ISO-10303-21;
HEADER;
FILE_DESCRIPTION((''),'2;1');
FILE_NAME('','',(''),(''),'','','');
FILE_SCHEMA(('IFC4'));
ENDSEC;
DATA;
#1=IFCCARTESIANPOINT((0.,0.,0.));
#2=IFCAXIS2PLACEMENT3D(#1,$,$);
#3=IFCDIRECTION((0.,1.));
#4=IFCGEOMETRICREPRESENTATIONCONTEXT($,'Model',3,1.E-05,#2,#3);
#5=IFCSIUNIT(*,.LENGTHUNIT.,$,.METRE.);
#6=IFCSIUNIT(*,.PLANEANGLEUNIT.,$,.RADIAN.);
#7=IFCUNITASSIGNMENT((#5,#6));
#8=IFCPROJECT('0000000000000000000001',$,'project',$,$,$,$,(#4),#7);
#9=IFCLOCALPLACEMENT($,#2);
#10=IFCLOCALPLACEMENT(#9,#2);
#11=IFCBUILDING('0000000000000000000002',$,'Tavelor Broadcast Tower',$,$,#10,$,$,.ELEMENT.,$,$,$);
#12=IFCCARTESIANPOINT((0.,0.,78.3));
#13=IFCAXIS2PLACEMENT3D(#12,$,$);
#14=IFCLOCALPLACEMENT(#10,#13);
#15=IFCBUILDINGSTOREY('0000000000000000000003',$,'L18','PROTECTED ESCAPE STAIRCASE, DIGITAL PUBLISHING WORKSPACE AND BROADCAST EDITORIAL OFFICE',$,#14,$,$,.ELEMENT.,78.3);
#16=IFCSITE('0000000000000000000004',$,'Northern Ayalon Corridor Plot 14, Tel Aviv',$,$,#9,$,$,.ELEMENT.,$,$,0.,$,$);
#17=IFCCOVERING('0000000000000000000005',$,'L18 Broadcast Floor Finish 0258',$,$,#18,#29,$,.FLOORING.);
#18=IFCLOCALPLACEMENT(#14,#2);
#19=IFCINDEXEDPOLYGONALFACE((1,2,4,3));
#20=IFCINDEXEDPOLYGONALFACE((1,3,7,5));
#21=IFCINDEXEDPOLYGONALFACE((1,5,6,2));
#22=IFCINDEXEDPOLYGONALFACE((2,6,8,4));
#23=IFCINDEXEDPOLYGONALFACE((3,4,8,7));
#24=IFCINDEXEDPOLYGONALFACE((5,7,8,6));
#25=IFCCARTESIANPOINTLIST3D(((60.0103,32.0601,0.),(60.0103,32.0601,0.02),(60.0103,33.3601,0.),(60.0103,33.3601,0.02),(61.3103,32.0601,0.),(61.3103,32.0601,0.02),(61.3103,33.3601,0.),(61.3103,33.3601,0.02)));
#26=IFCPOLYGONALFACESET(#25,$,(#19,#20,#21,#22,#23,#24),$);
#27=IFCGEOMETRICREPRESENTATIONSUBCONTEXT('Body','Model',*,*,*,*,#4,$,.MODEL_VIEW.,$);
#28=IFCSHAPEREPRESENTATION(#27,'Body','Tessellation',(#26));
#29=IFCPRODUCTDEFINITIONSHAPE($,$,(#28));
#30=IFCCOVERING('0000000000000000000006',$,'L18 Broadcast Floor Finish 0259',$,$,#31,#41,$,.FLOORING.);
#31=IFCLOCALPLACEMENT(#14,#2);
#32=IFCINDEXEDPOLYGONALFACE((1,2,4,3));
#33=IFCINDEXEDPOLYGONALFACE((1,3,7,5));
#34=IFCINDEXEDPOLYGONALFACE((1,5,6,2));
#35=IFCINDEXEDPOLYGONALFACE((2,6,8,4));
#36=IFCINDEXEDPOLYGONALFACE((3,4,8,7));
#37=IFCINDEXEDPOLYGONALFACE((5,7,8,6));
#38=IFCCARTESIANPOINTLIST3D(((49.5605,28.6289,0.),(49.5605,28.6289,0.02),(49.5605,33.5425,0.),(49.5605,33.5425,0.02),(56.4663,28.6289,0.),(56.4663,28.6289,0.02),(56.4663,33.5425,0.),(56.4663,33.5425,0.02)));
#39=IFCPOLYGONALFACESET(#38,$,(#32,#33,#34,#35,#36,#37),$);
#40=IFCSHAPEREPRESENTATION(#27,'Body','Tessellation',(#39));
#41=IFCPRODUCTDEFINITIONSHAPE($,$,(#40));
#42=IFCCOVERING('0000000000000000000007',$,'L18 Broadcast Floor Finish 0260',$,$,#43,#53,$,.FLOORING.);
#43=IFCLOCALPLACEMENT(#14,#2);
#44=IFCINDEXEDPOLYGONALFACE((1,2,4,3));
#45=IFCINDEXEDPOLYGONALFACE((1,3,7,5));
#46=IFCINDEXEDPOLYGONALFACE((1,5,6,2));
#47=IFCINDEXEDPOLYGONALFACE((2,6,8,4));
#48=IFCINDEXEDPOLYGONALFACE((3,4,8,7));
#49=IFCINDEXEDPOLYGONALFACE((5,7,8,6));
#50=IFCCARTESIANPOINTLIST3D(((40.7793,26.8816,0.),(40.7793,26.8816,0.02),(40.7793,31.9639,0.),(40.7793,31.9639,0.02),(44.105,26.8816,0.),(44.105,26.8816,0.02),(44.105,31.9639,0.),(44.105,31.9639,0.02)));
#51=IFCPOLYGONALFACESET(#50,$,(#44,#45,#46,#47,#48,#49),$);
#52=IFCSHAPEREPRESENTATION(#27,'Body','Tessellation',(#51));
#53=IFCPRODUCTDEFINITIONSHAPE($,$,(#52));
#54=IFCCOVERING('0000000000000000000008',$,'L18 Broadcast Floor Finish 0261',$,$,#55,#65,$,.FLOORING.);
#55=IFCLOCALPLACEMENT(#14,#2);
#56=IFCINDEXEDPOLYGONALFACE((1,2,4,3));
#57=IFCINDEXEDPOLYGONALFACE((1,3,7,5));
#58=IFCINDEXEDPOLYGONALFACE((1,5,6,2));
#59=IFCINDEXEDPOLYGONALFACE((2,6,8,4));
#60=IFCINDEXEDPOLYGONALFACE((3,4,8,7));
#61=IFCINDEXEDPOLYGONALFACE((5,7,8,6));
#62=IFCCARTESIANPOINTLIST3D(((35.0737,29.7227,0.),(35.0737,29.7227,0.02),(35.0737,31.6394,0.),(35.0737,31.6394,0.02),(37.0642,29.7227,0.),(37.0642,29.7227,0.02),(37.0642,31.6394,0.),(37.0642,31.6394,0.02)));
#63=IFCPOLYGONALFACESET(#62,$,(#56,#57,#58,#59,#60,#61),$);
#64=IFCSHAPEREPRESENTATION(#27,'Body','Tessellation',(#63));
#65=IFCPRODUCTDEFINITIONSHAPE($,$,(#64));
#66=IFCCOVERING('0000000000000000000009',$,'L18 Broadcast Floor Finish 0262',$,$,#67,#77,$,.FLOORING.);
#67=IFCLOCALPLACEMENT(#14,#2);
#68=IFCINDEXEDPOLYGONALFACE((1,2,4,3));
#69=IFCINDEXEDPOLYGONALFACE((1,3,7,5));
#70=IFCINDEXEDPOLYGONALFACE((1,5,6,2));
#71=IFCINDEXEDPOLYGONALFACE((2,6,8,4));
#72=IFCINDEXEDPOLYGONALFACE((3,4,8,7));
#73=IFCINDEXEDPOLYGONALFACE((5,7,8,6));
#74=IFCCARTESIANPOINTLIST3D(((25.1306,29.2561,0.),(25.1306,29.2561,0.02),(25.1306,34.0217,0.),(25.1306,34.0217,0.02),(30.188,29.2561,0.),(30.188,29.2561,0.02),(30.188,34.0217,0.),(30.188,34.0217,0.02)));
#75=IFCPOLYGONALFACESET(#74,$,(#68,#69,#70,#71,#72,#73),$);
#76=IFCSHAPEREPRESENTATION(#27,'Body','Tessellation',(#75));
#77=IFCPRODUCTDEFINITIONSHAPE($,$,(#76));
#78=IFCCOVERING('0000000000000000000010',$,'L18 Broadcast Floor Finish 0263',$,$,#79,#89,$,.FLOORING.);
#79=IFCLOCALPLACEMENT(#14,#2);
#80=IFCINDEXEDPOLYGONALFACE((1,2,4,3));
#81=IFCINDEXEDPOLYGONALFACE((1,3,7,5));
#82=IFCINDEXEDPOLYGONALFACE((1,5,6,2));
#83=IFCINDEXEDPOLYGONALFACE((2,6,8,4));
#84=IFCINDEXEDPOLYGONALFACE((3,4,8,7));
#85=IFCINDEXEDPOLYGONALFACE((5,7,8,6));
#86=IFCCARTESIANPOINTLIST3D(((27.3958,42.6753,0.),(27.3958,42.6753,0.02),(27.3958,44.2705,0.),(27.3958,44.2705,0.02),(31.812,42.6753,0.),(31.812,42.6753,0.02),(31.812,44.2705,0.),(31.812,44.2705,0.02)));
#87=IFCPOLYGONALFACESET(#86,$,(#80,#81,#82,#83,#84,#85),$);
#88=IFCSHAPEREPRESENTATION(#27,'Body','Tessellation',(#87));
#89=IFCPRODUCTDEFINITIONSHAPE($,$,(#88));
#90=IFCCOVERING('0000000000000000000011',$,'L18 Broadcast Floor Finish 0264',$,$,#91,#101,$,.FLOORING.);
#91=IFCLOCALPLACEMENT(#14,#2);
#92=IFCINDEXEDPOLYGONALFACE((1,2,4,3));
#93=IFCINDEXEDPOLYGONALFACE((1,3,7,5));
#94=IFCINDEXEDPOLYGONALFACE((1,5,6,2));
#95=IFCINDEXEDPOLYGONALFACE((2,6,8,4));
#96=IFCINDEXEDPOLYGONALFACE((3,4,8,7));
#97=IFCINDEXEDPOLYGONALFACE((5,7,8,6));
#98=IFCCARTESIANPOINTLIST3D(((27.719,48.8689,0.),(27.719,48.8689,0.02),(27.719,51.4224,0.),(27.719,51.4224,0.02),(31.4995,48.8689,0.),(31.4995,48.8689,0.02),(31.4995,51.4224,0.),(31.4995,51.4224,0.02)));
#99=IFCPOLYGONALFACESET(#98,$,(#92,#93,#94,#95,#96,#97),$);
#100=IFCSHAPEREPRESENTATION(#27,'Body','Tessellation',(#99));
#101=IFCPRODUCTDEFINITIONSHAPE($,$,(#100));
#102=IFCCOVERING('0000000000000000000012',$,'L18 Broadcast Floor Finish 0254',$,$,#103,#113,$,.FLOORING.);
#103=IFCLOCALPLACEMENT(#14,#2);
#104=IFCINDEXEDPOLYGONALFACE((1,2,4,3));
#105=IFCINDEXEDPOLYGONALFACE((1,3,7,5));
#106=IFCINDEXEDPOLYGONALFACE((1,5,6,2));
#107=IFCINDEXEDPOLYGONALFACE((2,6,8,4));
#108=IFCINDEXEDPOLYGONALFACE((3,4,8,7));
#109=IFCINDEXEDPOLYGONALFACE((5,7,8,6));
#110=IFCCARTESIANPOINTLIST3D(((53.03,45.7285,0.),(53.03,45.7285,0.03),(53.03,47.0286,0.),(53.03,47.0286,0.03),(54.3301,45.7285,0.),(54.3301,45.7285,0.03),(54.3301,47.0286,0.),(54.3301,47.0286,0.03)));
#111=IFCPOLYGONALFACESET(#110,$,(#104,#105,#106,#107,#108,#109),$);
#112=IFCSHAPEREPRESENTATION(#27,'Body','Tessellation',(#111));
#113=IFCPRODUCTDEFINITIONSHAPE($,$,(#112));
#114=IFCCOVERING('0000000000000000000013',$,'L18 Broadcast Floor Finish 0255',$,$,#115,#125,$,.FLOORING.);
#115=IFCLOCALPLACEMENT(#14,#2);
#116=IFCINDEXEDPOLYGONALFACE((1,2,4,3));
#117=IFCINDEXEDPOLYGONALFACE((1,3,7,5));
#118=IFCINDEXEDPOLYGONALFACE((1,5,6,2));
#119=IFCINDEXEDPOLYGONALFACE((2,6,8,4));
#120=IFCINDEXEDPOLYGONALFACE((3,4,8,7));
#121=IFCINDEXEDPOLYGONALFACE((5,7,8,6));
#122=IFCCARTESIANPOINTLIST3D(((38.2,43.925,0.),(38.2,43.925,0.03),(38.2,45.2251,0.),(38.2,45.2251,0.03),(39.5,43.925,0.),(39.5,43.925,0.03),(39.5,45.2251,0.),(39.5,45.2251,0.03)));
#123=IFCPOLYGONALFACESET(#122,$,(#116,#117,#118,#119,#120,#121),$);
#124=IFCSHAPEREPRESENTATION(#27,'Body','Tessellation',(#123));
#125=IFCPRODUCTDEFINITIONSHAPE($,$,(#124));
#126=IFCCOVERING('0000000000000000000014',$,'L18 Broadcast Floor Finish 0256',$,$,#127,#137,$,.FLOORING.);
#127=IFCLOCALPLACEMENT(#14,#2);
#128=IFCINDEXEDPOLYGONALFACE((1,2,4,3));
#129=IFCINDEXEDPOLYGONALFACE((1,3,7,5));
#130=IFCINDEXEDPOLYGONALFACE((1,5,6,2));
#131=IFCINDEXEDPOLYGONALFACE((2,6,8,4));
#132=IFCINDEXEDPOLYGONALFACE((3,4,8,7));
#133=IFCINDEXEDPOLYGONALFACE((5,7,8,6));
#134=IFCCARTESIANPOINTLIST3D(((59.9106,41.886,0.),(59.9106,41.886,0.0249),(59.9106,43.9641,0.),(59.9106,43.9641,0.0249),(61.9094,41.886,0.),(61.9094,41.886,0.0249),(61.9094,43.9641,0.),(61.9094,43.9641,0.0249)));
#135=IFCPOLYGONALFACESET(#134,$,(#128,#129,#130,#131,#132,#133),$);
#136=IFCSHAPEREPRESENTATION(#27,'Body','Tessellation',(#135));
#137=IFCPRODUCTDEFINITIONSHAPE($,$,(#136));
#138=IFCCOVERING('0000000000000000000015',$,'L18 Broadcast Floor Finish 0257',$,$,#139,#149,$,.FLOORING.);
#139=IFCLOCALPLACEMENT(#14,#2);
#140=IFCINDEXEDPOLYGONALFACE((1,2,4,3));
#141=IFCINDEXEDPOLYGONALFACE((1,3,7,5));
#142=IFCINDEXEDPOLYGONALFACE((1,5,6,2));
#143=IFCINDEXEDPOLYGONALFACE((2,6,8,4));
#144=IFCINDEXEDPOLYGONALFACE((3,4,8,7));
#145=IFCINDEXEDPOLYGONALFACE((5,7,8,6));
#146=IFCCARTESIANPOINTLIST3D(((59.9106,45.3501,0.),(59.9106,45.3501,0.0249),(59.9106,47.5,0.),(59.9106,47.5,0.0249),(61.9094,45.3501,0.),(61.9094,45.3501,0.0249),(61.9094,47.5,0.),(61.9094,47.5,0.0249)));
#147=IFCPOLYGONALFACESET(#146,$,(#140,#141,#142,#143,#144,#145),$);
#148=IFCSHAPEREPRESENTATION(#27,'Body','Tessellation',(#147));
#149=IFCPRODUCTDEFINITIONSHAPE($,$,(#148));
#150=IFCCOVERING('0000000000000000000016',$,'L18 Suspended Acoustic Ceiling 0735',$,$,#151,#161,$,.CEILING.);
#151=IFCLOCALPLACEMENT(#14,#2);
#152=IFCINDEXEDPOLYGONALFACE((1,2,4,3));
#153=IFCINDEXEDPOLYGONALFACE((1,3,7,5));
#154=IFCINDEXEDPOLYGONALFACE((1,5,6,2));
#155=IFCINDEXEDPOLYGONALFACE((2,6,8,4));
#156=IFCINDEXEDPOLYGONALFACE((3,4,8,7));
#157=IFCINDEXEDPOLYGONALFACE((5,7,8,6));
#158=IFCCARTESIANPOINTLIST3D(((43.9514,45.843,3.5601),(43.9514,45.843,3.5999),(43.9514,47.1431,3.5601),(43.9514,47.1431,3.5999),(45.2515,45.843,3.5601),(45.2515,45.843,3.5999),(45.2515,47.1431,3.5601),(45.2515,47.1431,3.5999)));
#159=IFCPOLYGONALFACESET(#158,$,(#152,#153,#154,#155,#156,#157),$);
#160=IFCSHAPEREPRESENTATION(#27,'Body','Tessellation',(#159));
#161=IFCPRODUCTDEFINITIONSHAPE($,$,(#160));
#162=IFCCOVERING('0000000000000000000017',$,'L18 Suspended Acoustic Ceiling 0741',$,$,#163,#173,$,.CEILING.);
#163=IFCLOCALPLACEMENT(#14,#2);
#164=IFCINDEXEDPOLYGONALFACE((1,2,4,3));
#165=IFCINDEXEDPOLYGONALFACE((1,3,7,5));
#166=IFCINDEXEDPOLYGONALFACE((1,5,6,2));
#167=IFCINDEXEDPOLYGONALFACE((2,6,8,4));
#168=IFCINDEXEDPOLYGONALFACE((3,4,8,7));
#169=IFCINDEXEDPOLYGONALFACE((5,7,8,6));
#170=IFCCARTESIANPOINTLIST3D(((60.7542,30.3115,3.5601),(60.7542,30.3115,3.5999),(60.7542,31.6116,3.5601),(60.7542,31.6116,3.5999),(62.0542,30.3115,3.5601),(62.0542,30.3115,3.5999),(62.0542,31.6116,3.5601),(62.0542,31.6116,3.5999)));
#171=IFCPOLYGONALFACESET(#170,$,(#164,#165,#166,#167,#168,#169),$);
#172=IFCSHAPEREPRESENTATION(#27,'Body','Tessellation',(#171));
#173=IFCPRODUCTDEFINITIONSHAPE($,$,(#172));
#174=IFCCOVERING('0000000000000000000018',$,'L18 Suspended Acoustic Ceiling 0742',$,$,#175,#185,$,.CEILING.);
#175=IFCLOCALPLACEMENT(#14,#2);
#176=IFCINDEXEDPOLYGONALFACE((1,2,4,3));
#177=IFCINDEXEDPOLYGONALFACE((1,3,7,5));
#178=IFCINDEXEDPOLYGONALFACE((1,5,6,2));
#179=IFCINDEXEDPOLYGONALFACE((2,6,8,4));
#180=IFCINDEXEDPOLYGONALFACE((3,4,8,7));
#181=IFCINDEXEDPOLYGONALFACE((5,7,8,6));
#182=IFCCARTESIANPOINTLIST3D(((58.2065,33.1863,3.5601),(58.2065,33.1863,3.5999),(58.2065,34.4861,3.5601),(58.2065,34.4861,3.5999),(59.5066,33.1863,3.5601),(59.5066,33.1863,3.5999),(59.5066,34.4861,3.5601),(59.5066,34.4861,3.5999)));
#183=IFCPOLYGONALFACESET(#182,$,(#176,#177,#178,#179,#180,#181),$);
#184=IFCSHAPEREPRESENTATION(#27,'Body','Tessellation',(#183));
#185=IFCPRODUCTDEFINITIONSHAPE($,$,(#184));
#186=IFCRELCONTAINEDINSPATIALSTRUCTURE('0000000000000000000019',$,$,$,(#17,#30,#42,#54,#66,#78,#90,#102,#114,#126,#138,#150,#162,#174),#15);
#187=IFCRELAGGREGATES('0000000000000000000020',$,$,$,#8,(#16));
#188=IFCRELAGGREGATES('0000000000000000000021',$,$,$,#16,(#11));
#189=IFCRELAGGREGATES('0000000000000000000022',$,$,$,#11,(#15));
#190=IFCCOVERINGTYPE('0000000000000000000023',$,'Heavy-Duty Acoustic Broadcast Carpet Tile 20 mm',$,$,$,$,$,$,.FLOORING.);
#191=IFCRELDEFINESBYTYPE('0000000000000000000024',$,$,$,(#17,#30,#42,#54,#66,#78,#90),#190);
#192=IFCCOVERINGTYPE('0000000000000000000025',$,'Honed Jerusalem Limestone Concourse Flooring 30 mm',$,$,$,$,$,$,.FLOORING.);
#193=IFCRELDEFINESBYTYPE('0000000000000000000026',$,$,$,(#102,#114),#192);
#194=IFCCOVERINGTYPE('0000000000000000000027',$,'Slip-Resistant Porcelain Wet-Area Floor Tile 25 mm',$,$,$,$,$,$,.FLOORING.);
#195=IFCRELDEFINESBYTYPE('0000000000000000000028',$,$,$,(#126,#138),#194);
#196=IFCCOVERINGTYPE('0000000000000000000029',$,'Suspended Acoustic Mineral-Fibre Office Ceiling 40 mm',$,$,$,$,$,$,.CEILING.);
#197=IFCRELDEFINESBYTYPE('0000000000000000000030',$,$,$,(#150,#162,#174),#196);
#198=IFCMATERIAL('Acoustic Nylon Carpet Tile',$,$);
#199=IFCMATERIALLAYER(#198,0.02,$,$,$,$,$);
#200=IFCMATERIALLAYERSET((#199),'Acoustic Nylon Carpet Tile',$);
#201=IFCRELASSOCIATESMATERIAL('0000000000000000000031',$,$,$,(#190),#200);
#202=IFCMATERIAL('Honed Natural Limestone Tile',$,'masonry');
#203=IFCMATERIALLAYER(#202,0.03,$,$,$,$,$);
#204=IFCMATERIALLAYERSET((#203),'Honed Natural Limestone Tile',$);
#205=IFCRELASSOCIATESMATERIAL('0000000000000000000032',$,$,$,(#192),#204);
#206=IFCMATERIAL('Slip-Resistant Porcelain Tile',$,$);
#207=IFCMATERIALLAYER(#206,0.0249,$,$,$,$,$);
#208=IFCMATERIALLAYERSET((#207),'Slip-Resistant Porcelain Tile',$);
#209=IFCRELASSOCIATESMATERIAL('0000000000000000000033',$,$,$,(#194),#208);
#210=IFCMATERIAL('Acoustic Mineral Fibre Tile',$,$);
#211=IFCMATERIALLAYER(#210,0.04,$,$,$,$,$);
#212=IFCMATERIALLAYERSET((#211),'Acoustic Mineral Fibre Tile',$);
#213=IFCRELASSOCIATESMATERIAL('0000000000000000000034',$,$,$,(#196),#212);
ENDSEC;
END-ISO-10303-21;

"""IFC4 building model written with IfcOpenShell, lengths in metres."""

from ifc_helpers import new_model, si_unit, direction, frame, origin, place, context, subcontext, project, spatial, polyline, outline, extrude, material, layer, layer_set, type_object, element, save


model = new_model("IFC4")

# Units and contexts
model_context = context("Model", 3, precision=1e-05, world=origin(), true_north=direction((0.0, 1.0)))
body_context = subcontext(model_context, "Body", "Model", "MODEL_VIEW")
ifc_project = project(units=[si_unit("LENGTHUNIT", "METRE"), si_unit("PLANEANGLEUNIT", "RADIAN")], contexts=[model_context])

# Site, building, storey
site_placement = place(None, origin())
site = spatial("IfcSite", under=ifc_project, at=site_placement, Name="Northern Ayalon Corridor Plot 14, Tel Aviv", CompositionType="ELEMENT", RefElevation=0.0)
building_placement = place(site_placement, origin())
building = spatial("IfcBuilding", under=site, at=building_placement, Name="Tavelor Broadcast Tower", CompositionType="ELEMENT")
storey_placement = place(building_placement, frame((0.0, 0.0, 78.3)))
storey = spatial("IfcBuildingStorey", under=building, at=storey_placement, Name="L18", Description="PROTECTED ESCAPE STAIRCASE, DIGITAL PUBLISHING WORKSPACE AND BROADCAST EDITORIAL OFFICE", CompositionType="ELEMENT", Elevation=78.3)

# Coverings
ifc_material_1 = material(Name="Acoustic Nylon Carpet Tile")
ifc_layer_1 = layer(ifc_material_1, 0.02)
ifc_layer_set_1 = layer_set([ifc_layer_1], Name="Acoustic Nylon Carpet Tile")
covering_type_1 = type_object("IfcCoveringType", Name="Heavy-Duty Acoustic Broadcast Carpet Tile 20 mm", PredefinedType="FLOORING", material=ifc_layer_set_1)
covering_1_placement = place(storey_placement, origin())
element("IfcCovering", 1, at=covering_1_placement, inside=storey, type_object=covering_type_1, Name="L18 Broadcast Floor Finish 0258", PredefinedType="FLOORING", context=body_context, shape_type="SweptSolid", body=[
    extrude(outline(polyline([(60.0103, 32.0601), (61.3103, 32.0601), (61.3103, 33.3601), (60.0103, 33.3601), (60.0103, 32.0601)])), origin(), (0.0, 0.0, 1.0), 0.02),
])
covering_2_placement = place(storey_placement, origin())
element("IfcCovering", 2, at=covering_2_placement, inside=storey, type_object=covering_type_1, Name="L18 Broadcast Floor Finish 0259", PredefinedType="FLOORING", context=body_context, shape_type="SweptSolid", body=[
    extrude(outline(polyline([(49.5605, 28.6289), (56.4663, 28.6289), (56.4663, 33.5425), (49.5605, 33.5425), (49.5605, 28.6289)])), origin(), (0.0, 0.0, 1.0), 0.02),
])
covering_3_placement = place(storey_placement, origin())
element("IfcCovering", 3, at=covering_3_placement, inside=storey, type_object=covering_type_1, Name="L18 Broadcast Floor Finish 0260", PredefinedType="FLOORING", context=body_context, shape_type="SweptSolid", body=[
    extrude(outline(polyline([(40.7793, 26.8816), (44.105, 26.8816), (44.105, 31.9639), (40.7793, 31.9639), (40.7793, 26.8816)])), origin(), (0.0, 0.0, 1.0), 0.02),
])
covering_4_placement = place(storey_placement, origin())
element("IfcCovering", 4, at=covering_4_placement, inside=storey, type_object=covering_type_1, Name="L18 Broadcast Floor Finish 0261", PredefinedType="FLOORING", context=body_context, shape_type="SweptSolid", body=[
    extrude(outline(polyline([(35.0737, 29.7227), (37.0642, 29.7227), (37.0642, 31.6394), (35.0737, 31.6394), (35.0737, 29.7227)])), origin(), (0.0, 0.0, 1.0), 0.02),
])
covering_5_placement = place(storey_placement, origin())
element("IfcCovering", 5, at=covering_5_placement, inside=storey, type_object=covering_type_1, Name="L18 Broadcast Floor Finish 0262", PredefinedType="FLOORING", context=body_context, shape_type="SweptSolid", body=[
    extrude(outline(polyline([(25.1306, 29.2561), (30.188, 29.2561), (30.188, 34.0217), (25.1306, 34.0217), (25.1306, 29.2561)])), origin(), (0.0, 0.0, 1.0), 0.02),
])
covering_6_placement = place(storey_placement, origin())
element("IfcCovering", 6, at=covering_6_placement, inside=storey, type_object=covering_type_1, Name="L18 Broadcast Floor Finish 0263", PredefinedType="FLOORING", context=body_context, shape_type="SweptSolid", body=[
    extrude(outline(polyline([(27.3958, 42.6753), (31.812, 42.6753), (31.812, 44.2705), (27.3958, 44.2705), (27.3958, 42.6753)])), origin(), (0.0, 0.0, 1.0), 0.02),
])
covering_7_placement = place(storey_placement, origin())
element("IfcCovering", 7, at=covering_7_placement, inside=storey, type_object=covering_type_1, Name="L18 Broadcast Floor Finish 0264", PredefinedType="FLOORING", context=body_context, shape_type="SweptSolid", body=[
    extrude(outline(polyline([(27.719, 48.8689), (31.4995, 48.8689), (31.4995, 51.4224), (27.719, 51.4224), (27.719, 48.8689)])), origin(), (0.0, 0.0, 1.0), 0.02),
])
ifc_material_2 = material(Name="Honed Natural Limestone Tile", Category="masonry")
ifc_layer_2 = layer(ifc_material_2, 0.03)
ifc_layer_set_2 = layer_set([ifc_layer_2], Name="Honed Natural Limestone Tile")
covering_type_2 = type_object("IfcCoveringType", Name="Honed Jerusalem Limestone Concourse Flooring 30 mm", PredefinedType="FLOORING", material=ifc_layer_set_2)
covering_8_placement = place(storey_placement, origin())
element("IfcCovering", 8, at=covering_8_placement, inside=storey, type_object=covering_type_2, Name="L18 Broadcast Floor Finish 0254", PredefinedType="FLOORING", context=body_context, shape_type="SweptSolid", body=[
    extrude(outline(polyline([(53.03, 45.7285), (54.3301, 45.7285), (54.3301, 47.0286), (53.03, 47.0286), (53.03, 45.7285)])), origin(), (0.0, 0.0, 1.0), 0.03),
])
covering_9_placement = place(storey_placement, origin())
element("IfcCovering", 9, at=covering_9_placement, inside=storey, type_object=covering_type_2, Name="L18 Broadcast Floor Finish 0255", PredefinedType="FLOORING", context=body_context, shape_type="SweptSolid", body=[
    extrude(outline(polyline([(38.2, 43.925), (39.5, 43.925), (39.5, 45.2251), (38.2, 45.2251), (38.2, 43.925)])), origin(), (0.0, 0.0, 1.0), 0.03),
])
ifc_material_3 = material(Name="Slip-Resistant Porcelain Tile")
ifc_layer_3 = layer(ifc_material_3, 0.0249)
ifc_layer_set_3 = layer_set([ifc_layer_3], Name="Slip-Resistant Porcelain Tile")
covering_type_3 = type_object("IfcCoveringType", Name="Slip-Resistant Porcelain Wet-Area Floor Tile 25 mm", PredefinedType="FLOORING", material=ifc_layer_set_3)
covering_10_placement = place(storey_placement, origin())
element("IfcCovering", 10, at=covering_10_placement, inside=storey, type_object=covering_type_3, Name="L18 Broadcast Floor Finish 0256", PredefinedType="FLOORING", context=body_context, shape_type="SweptSolid", body=[
    extrude(outline(polyline([(59.9106, 41.886), (61.9094, 41.886), (61.9094, 43.9641), (59.9106, 43.9641), (59.9106, 41.886)])), origin(), (0.0, 0.0, 1.0), 0.0249),
])
covering_11_placement = place(storey_placement, origin())
element("IfcCovering", 11, at=covering_11_placement, inside=storey, type_object=covering_type_3, Name="L18 Broadcast Floor Finish 0257", PredefinedType="FLOORING", context=body_context, shape_type="SweptSolid", body=[
    extrude(outline(polyline([(59.9106, 45.3501), (61.9094, 45.3501), (61.9094, 47.5), (59.9106, 47.5), (59.9106, 45.3501)])), origin(), (0.0, 0.0, 1.0), 0.0249),
])
ifc_material_4 = material(Name="Acoustic Mineral Fibre Tile")
ifc_layer_4 = layer(ifc_material_4, 0.04)
ifc_layer_set_4 = layer_set([ifc_layer_4], Name="Acoustic Mineral Fibre Tile")
covering_type_4 = type_object("IfcCoveringType", Name="Suspended Acoustic Mineral-Fibre Office Ceiling 40 mm", PredefinedType="CEILING", material=ifc_layer_set_4)
covering_12_placement = place(storey_placement, frame((0.0, 0.0, 3.5601)))
element("IfcCovering", 12, at=covering_12_placement, inside=storey, type_object=covering_type_4, Name="L18 Suspended Acoustic Ceiling 0735", PredefinedType="CEILING", context=body_context, shape_type="SweptSolid", body=[
    extrude(outline(polyline([(43.9514, 45.843), (45.2515, 45.843), (45.2515, 47.1431), (43.9514, 47.1431), (43.9514, 45.843)])), origin(), (0.0, 0.0, 1.0), 0.0398),
])
covering_13_placement = place(storey_placement, frame((0.0, 0.0, 3.5601)))
element("IfcCovering", 13, at=covering_13_placement, inside=storey, type_object=covering_type_4, Name="L18 Suspended Acoustic Ceiling 0741", PredefinedType="CEILING", context=body_context, shape_type="SweptSolid", body=[
    extrude(outline(polyline([(60.7542, 30.3115), (62.0542, 30.3115), (62.0542, 31.6116), (60.7542, 31.6116), (60.7542, 30.3115)])), origin(), (0.0, 0.0, 1.0), 0.0398),
])
covering_14_placement = place(storey_placement, frame((0.0, 0.0, 3.5601)))
element("IfcCovering", 14, at=covering_14_placement, inside=storey, type_object=covering_type_4, Name="L18 Suspended Acoustic Ceiling 0742", PredefinedType="CEILING", context=body_context, shape_type="SweptSolid", body=[
    extrude(outline(polyline([(58.2065, 33.1863), (59.5066, 33.1863), (59.5066, 34.4861), (58.2065, 34.4861), (58.2065, 33.1863)])), origin(), (0.0, 0.0, 1.0), 0.0398),
])

save(model, "model.ifc")
